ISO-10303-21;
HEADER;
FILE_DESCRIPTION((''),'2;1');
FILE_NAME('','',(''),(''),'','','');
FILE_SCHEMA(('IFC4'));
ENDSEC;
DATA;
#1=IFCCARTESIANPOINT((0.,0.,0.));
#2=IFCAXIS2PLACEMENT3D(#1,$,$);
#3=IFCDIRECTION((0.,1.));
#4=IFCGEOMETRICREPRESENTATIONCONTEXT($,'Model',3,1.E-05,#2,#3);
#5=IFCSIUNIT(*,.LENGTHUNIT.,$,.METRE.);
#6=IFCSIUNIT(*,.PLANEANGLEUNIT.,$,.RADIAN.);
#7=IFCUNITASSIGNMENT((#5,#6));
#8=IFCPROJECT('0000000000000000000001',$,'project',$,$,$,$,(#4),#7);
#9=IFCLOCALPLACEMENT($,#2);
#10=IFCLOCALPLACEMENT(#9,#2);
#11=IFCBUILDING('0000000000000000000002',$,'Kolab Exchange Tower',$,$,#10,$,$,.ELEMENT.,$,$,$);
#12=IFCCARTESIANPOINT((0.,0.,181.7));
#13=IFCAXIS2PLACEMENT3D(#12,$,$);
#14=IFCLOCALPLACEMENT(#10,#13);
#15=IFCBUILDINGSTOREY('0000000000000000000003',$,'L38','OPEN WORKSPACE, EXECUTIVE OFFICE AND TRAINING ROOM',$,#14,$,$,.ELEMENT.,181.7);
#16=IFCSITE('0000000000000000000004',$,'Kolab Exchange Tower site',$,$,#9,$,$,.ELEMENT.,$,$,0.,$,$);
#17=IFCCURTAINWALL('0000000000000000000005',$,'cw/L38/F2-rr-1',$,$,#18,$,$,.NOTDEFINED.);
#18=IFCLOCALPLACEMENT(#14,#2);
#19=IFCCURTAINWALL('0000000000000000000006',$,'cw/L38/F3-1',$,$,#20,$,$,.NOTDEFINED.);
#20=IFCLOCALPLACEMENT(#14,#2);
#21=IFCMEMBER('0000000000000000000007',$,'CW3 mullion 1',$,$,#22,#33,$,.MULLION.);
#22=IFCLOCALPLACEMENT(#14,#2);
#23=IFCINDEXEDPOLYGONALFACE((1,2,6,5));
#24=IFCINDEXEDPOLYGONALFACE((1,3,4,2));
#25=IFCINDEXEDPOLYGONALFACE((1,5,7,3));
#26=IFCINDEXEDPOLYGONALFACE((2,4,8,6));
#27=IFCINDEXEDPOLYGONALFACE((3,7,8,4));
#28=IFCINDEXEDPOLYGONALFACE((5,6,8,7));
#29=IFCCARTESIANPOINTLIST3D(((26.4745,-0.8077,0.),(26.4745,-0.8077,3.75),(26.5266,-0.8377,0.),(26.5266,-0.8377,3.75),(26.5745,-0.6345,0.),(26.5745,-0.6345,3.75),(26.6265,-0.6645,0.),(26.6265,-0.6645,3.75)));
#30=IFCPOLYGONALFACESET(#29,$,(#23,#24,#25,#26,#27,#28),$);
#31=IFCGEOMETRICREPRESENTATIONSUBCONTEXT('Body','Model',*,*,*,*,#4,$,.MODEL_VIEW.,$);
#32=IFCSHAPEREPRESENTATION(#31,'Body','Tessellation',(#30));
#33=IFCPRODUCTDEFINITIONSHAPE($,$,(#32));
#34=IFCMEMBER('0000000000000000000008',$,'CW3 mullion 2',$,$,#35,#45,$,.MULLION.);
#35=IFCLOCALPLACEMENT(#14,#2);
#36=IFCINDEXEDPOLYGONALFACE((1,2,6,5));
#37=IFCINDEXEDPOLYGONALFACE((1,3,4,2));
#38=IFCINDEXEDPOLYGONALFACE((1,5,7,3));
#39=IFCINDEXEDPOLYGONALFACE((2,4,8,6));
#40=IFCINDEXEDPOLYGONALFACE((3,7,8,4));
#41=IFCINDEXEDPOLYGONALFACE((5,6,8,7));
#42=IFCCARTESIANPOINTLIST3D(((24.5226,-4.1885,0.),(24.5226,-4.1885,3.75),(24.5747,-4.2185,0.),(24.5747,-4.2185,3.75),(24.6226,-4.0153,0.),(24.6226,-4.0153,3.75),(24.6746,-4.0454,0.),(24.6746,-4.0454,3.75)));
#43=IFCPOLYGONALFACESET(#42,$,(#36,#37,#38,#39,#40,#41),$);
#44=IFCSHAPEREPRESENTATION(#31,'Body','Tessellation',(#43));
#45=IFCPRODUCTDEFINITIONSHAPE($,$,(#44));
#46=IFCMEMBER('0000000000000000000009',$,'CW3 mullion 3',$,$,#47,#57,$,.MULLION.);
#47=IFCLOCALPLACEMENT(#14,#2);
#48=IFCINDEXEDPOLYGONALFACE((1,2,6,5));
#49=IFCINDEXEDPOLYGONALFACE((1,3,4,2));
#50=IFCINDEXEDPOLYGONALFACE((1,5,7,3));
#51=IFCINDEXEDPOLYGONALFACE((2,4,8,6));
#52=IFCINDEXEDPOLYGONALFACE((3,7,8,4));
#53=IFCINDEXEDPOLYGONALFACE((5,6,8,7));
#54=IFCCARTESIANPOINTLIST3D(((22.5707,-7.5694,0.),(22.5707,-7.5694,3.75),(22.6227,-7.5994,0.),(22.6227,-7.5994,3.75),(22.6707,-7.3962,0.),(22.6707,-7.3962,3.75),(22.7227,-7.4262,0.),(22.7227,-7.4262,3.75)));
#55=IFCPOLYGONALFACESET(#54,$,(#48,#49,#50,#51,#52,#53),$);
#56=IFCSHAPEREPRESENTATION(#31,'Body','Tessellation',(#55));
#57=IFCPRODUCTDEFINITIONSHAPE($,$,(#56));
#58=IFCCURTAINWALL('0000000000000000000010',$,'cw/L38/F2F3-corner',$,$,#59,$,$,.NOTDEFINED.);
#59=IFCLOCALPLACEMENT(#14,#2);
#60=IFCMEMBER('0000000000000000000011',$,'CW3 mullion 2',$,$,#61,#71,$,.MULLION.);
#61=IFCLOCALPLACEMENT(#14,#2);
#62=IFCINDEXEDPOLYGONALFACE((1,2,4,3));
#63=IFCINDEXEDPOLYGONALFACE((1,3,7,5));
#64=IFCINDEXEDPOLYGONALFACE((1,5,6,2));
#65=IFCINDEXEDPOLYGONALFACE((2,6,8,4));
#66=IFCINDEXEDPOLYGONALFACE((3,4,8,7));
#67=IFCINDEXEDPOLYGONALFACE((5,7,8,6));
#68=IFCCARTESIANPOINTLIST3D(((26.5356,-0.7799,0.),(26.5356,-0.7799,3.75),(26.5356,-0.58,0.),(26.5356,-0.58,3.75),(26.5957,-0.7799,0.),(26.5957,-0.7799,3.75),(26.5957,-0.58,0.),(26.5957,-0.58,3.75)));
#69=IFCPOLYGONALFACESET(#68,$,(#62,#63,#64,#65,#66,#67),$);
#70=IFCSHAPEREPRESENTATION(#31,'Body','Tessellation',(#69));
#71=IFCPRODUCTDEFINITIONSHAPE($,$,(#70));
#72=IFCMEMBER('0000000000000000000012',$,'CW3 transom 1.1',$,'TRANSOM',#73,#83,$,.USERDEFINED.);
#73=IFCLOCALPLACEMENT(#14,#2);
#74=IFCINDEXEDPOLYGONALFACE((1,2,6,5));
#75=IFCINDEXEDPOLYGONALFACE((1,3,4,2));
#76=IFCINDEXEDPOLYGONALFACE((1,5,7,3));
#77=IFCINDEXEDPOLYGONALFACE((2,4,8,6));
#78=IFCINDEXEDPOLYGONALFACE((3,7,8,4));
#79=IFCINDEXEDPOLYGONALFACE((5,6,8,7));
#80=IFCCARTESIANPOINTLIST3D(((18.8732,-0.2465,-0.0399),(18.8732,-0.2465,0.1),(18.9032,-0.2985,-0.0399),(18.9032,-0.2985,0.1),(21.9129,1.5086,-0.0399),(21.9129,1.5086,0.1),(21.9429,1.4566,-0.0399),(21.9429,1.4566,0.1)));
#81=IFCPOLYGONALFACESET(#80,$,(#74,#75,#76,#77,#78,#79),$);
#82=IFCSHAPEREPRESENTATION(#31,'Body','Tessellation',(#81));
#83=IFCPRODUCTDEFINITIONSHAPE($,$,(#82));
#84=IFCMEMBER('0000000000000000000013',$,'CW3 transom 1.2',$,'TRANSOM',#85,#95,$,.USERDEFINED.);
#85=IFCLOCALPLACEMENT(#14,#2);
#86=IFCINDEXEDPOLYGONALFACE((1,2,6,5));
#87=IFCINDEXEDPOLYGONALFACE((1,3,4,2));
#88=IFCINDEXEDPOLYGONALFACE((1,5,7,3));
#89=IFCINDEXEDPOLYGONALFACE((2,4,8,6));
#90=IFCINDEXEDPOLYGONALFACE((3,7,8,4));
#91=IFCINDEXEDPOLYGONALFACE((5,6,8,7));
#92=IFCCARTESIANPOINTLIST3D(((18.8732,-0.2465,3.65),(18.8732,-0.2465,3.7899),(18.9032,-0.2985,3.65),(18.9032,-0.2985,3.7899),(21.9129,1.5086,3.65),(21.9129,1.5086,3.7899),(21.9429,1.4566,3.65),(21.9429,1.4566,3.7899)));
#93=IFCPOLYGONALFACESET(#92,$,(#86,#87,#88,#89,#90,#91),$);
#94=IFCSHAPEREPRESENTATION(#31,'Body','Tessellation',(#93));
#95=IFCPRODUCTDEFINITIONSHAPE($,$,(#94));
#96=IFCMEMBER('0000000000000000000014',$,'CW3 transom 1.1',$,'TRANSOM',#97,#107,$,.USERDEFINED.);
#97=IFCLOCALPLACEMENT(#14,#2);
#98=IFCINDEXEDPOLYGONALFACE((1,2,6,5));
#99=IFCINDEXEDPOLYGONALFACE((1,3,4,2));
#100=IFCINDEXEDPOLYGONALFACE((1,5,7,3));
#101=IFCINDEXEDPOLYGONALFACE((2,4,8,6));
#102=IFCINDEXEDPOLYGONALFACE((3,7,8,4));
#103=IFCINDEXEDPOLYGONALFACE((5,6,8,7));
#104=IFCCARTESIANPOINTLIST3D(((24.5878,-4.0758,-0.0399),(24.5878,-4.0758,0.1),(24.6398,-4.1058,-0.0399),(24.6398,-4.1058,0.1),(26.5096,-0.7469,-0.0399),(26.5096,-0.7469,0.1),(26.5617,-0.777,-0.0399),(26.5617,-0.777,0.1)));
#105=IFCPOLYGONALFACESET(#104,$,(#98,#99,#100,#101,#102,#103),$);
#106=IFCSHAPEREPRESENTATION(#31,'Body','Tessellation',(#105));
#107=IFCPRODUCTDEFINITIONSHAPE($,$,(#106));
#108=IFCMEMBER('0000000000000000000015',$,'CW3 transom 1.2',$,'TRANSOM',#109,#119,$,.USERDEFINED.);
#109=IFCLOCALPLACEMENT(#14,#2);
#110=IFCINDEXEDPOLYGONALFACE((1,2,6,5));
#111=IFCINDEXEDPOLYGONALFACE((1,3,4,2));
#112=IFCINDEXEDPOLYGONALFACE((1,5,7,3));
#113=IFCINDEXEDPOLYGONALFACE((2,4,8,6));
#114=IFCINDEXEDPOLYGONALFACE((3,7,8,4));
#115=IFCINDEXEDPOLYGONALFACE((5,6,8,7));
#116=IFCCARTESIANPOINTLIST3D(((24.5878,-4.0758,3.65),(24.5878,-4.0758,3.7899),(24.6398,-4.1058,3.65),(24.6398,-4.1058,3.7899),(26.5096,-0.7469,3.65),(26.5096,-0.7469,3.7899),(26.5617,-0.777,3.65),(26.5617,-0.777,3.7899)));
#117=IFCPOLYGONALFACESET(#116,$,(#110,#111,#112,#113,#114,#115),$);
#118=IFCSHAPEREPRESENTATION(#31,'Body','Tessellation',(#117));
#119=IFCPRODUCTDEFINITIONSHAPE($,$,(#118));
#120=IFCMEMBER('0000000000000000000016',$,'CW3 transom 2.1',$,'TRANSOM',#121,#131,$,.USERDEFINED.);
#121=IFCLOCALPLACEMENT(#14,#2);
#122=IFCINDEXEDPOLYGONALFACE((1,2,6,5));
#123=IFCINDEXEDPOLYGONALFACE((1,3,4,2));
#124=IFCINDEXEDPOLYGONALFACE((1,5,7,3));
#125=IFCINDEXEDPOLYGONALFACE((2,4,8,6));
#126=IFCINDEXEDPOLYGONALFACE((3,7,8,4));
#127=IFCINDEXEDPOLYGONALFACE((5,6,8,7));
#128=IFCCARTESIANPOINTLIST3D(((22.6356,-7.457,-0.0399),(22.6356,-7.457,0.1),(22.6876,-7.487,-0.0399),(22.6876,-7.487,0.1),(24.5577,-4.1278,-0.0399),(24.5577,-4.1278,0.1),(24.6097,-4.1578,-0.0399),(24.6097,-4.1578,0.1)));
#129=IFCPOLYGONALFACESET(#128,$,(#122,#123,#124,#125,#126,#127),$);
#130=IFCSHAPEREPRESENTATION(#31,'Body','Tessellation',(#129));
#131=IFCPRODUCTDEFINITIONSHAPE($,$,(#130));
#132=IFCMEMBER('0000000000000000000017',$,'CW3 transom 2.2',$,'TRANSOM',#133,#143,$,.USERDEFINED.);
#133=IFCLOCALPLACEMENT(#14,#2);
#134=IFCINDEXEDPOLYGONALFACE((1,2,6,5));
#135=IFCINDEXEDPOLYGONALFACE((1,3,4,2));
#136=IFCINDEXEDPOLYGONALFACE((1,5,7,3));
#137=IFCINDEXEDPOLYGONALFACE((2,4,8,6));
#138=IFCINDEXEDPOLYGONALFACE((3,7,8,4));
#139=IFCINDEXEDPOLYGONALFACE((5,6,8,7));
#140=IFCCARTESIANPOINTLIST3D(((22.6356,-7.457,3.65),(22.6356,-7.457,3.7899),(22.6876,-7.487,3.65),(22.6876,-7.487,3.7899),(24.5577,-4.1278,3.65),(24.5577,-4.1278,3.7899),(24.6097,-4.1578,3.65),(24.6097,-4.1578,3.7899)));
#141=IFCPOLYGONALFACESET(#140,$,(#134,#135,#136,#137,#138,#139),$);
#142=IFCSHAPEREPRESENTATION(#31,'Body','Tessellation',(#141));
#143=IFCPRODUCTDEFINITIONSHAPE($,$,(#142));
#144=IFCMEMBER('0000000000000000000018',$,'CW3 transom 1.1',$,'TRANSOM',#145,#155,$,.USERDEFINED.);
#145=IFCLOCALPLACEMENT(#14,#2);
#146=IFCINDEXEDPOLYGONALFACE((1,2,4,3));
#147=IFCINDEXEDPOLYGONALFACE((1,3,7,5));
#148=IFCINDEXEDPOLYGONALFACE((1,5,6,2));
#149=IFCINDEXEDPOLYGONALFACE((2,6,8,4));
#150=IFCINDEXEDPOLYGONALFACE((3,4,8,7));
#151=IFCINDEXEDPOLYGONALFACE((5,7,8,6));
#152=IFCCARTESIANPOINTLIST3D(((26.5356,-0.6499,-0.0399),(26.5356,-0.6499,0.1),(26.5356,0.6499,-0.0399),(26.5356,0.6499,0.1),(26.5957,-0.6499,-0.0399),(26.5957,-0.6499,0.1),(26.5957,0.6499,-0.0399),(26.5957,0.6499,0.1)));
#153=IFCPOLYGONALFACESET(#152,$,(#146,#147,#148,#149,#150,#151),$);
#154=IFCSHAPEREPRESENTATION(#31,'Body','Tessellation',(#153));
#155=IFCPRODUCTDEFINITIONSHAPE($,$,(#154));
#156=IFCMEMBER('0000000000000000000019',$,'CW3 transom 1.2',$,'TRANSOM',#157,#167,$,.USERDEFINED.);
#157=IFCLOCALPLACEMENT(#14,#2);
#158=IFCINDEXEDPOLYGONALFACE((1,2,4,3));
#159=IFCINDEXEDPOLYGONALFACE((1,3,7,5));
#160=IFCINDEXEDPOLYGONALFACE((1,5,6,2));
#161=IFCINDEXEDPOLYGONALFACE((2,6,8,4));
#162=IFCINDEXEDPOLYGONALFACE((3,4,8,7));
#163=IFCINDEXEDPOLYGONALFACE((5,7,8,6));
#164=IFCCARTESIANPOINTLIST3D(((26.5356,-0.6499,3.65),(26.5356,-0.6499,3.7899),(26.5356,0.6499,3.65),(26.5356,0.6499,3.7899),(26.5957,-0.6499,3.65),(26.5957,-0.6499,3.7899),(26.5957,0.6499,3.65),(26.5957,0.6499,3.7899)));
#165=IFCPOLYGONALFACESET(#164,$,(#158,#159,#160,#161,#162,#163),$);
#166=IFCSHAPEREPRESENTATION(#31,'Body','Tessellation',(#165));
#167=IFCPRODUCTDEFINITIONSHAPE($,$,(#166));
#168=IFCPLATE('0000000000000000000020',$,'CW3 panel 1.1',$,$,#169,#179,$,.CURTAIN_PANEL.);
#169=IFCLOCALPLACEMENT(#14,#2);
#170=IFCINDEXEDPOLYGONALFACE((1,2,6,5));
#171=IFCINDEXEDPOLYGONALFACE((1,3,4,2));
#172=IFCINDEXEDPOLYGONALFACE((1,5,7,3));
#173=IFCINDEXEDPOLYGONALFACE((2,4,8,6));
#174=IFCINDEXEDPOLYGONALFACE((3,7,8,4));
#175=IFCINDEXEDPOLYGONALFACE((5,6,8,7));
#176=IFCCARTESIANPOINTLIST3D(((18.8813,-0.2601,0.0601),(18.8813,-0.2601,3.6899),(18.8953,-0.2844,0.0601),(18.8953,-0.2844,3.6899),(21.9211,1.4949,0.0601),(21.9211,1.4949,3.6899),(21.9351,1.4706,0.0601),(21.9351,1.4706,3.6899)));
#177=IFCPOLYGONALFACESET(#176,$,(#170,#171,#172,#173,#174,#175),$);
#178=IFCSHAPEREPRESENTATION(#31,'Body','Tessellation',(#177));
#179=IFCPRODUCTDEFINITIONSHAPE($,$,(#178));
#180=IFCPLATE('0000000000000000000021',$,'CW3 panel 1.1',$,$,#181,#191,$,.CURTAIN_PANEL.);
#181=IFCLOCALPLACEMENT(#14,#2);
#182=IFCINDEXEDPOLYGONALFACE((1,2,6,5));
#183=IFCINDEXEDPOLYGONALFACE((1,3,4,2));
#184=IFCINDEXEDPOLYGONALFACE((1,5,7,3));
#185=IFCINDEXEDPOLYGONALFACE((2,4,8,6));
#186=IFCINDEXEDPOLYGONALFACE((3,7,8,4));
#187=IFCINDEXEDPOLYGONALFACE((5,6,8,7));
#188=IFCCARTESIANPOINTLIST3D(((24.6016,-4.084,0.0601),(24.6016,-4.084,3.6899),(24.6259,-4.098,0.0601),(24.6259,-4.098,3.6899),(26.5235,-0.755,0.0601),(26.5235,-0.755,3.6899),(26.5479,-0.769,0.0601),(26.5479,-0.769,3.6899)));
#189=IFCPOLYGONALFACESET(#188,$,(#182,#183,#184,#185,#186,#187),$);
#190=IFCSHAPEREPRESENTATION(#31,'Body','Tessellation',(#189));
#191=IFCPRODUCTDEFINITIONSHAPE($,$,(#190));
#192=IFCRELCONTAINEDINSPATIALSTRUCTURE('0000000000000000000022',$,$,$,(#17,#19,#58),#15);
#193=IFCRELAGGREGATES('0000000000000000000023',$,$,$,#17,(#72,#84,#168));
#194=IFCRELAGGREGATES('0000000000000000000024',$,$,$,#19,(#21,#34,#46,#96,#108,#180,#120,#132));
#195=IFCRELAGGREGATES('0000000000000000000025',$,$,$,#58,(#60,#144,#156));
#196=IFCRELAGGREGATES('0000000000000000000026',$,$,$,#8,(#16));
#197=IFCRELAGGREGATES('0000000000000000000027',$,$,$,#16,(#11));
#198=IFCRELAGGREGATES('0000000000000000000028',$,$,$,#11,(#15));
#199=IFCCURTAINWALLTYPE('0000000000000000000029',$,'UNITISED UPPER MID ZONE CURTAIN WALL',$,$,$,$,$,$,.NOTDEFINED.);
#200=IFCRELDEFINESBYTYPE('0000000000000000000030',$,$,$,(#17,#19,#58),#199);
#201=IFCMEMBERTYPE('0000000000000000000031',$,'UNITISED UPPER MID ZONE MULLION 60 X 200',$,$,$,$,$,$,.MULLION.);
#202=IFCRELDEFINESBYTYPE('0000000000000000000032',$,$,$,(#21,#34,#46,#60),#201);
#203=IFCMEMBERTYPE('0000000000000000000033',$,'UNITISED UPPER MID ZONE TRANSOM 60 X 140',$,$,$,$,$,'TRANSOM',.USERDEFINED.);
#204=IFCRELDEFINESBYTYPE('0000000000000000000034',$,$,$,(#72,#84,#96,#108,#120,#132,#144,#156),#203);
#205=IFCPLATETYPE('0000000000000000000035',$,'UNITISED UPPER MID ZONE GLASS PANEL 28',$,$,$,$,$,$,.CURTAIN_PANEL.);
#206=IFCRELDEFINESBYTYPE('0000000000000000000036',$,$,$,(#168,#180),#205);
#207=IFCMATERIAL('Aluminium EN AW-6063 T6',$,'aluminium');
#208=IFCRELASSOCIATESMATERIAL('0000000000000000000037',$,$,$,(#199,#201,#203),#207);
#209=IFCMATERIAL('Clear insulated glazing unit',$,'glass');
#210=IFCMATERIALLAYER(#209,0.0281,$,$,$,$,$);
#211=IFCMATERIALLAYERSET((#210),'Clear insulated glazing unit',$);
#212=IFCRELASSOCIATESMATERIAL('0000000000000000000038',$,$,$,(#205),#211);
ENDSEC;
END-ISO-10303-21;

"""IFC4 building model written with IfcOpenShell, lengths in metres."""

from ifc_helpers import new_model, si_unit, direction, frame, origin, origin_2d, place, context, subcontext, project, spatial, rectangle, extrude, material, layer, layer_set, material_profile, profile_set, type_object, element, aggregate, save


model = new_model("IFC4")

# Units and contexts
model_context = context("Model", 3, precision=1e-05, world=origin(), true_north=direction((0.0, 1.0)))
body_context = subcontext(model_context, "Body", "Model", "MODEL_VIEW")
ifc_project = project(units=[si_unit("LENGTHUNIT", "METRE"), si_unit("PLANEANGLEUNIT", "RADIAN")], contexts=[model_context])

# Site, building, storey
site_placement = place(None, origin())
site = spatial("IfcSite", under=ifc_project, at=site_placement, Name="Kolab Exchange Tower site", CompositionType="ELEMENT", RefElevation=0.0)
building_placement = place(site_placement, origin())
building = spatial("IfcBuilding", under=site, at=building_placement, Name="Kolab Exchange Tower", CompositionType="ELEMENT")
storey_placement = place(building_placement, frame((0.0, 0.0, 181.7)))
storey = spatial("IfcBuildingStorey", under=building, at=storey_placement, Name="L38", Description="OPEN WORKSPACE, EXECUTIVE OFFICE AND TRAINING ROOM", CompositionType="ELEMENT", Elevation=181.7)

# Curtain wall
ifc_material_1 = material(Name="Aluminium EN AW-6063 T6", Category="aluminium")
curtain_wall_type = type_object("IfcCurtainWallType", Name="UNITISED UPPER MID ZONE CURTAIN WALL", PredefinedType="NOTDEFINED", material=ifc_material_1)
ifc_material_profile_1 = material_profile(ifc_material_1, rectangle(XDim=0.0601, YDim=0.2, at=origin_2d()), Name="RECT 60X200")
ifc_profile_set_1 = profile_set([ifc_material_profile_1], Name="Aluminium EN AW-6063 T6")
member_type_1 = type_object("IfcMemberType", Name="UNITISED UPPER MID ZONE MULLION 60 X 200", PredefinedType="MULLION", material=ifc_profile_set_1)
curtain_wall_1_placement = place(storey_placement, origin())
curtain_wall_1 = element("IfcCurtainWall", 1, at=curtain_wall_1_placement, inside=storey, type_object=curtain_wall_type, Name="cw/L38/F2-rr-1", PredefinedType="NOTDEFINED")

# Curtain wall, members
curtain_wall_2_placement = place(storey_placement, origin())
curtain_wall_2 = element("IfcCurtainWall", 2, at=curtain_wall_2_placement, inside=storey, type_object=curtain_wall_type, Name="cw/L38/F3-1", PredefinedType="NOTDEFINED")
member_1_placement = place(storey_placement, frame((26.5505, -0.7361, 0.0), z_axis=(0.0, 0.0, 1.0), x_axis=(0.866025, -0.5, 0.0)))
member_1 = element("IfcMember", 3, at=member_1_placement, type_object=member_type_1, Name="CW3 mullion 1", PredefinedType="MULLION", context=body_context, shape_type="SweptSolid", body=[
    extrude(rectangle(XDim=0.0601, YDim=0.2, at=origin_2d()), origin(), (0.0, 0.0, 1.0), 3.75),
])
member_2_placement = place(storey_placement, frame((24.5986, -4.1169, 0.0), z_axis=(0.0, 0.0, 1.0), x_axis=(0.866025, -0.5, 0.0)))
member_2 = element("IfcMember", 4, at=member_2_placement, type_object=member_type_1, Name="CW3 mullion 2", PredefinedType="MULLION", context=body_context, shape_type="SweptSolid", body=[
    extrude(rectangle(XDim=0.0601, YDim=0.2, at=origin_2d()), origin(), (0.0, 0.0, 1.0), 3.75),
])
member_3_placement = place(storey_placement, frame((22.6467, -7.4978, 0.0), z_axis=(0.0, 0.0, 1.0), x_axis=(0.866025, -0.5, 0.0)))
member_3 = element("IfcMember", 5, at=member_3_placement, type_object=member_type_1, Name="CW3 mullion 3", PredefinedType="MULLION", context=body_context, shape_type="SweptSolid", body=[
    extrude(rectangle(XDim=0.0601, YDim=0.2, at=origin_2d()), origin(), (0.0, 0.0, 1.0), 3.75),
])

# Curtain wall, member
curtain_wall_3_placement = place(storey_placement, origin())
curtain_wall_3 = element("IfcCurtainWall", 6, at=curtain_wall_3_placement, inside=storey, type_object=curtain_wall_type, Name="cw/L38/F2F3-corner", PredefinedType="NOTDEFINED")
member_4_placement = place(storey_placement, frame((26.5657, -0.6799, 0.0), z_axis=(0.0, 0.0, 1.0), x_axis=(1.0, 0.0, 0.0)))
member_4 = element("IfcMember", 7, at=member_4_placement, type_object=member_type_1, Name="CW3 mullion 2", PredefinedType="MULLION", context=body_context, shape_type="SweptSolid", body=[
    extrude(rectangle(XDim=0.0601, YDim=0.2, at=origin_2d()), origin(), (0.0, 0.0, 1.0), 3.75),
])

# Members
ifc_material_profile_2 = material_profile(ifc_material_1, rectangle(XDim=0.0601, YDim=0.1399, at=origin_2d()), Name="RECT 60X140")
ifc_profile_set_2 = profile_set([ifc_material_profile_2], Name="Aluminium EN AW-6063 T6")
member_type_2 = type_object("IfcMemberType", Name="UNITISED UPPER MID ZONE TRANSOM 60 X 140", ElementType="TRANSOM", PredefinedType="USERDEFINED", material=ifc_profile_set_2)
member_5_placement = place(storey_placement, frame((18.8882, -0.2725, 0.03), z_axis=(0.866013, 0.500021, 0.0), x_axis=(-0.500021, 0.866013, 0.0)))
member_5 = element("IfcMember", 8, at=member_5_placement, type_object=member_type_2, Name="CW3 transom 1.1", ObjectType="TRANSOM", PredefinedType="USERDEFINED", context=body_context, shape_type="SweptSolid", body=[
    extrude(rectangle(XDim=0.0601, YDim=0.1399, at=origin_2d()), origin(), (0.0, 0.0, 1.0), 3.51),
])
member_6_placement = place(storey_placement, frame((18.8882, -0.2725, 3.72), z_axis=(0.866013, 0.500021, 0.0), x_axis=(-0.500021, 0.866013, 0.0)))
member_6 = element("IfcMember", 9, at=member_6_placement, type_object=member_type_2, Name="CW3 transom 1.2", ObjectType="TRANSOM", PredefinedType="USERDEFINED", context=body_context, shape_type="SweptSolid", body=[
    extrude(rectangle(XDim=0.0601, YDim=0.1399, at=origin_2d()), origin(), (0.0, 0.0, 1.0), 3.51),
])
member_7_placement = place(storey_placement, frame((26.5356, -0.762, 0.03), z_axis=(-0.499992, -0.86603, 0.0), x_axis=(0.86603, -0.499992, 0.0)))
member_7 = element("IfcMember", 10, at=member_7_placement, type_object=member_type_2, Name="CW3 transom 1.1", ObjectType="TRANSOM", PredefinedType="USERDEFINED", context=body_context, shape_type="SweptSolid", body=[
    extrude(rectangle(XDim=0.0601, YDim=0.1399, at=origin_2d()), origin(), (0.0, 0.0, 1.0), 3.8438),
])
member_8_placement = place(storey_placement, frame((26.5356, -0.762, 3.72), z_axis=(-0.499992, -0.86603, 0.0), x_axis=(0.86603, -0.499992, 0.0)))
member_8 = element("IfcMember", 11, at=member_8_placement, type_object=member_type_2, Name="CW3 transom 1.2", ObjectType="TRANSOM", PredefinedType="USERDEFINED", context=body_context, shape_type="SweptSolid", body=[
    extrude(rectangle(XDim=0.0601, YDim=0.1399, at=origin_2d()), origin(), (0.0, 0.0, 1.0), 3.8438),
])
member_9_placement = place(storey_placement, frame((24.5837, -4.1428, 0.03), z_axis=(-0.500012, -0.866018, 0.0), x_axis=(0.866018, -0.500012, 0.0)))
member_9 = element("IfcMember", 12, at=member_9_placement, type_object=member_type_2, Name="CW3 transom 2.1", ObjectType="TRANSOM", PredefinedType="USERDEFINED", context=body_context, shape_type="SweptSolid", body=[
    extrude(rectangle(XDim=0.0601, YDim=0.1399, at=origin_2d()), origin(), (0.0, 0.0, 1.0), 3.8442),
])
member_10_placement = place(storey_placement, frame((24.5837, -4.1428, 3.72), z_axis=(-0.500012, -0.866018, 0.0), x_axis=(0.866018, -0.500012, 0.0)))
member_10 = element("IfcMember", 13, at=member_10_placement, type_object=member_type_2, Name="CW3 transom 2.2", ObjectType="TRANSOM", PredefinedType="USERDEFINED", context=body_context, shape_type="SweptSolid", body=[
    extrude(rectangle(XDim=0.0601, YDim=0.1399, at=origin_2d()), origin(), (0.0, 0.0, 1.0), 3.8442),
])
member_11_placement = place(storey_placement, frame((26.5657, 0.6499, 0.03), z_axis=(0.0, -1.0, 0.0), x_axis=(1.0, 0.0, 0.0)))
member_11 = element("IfcMember", 14, at=member_11_placement, type_object=member_type_2, Name="CW3 transom 1.1", ObjectType="TRANSOM", PredefinedType="USERDEFINED", context=body_context, shape_type="SweptSolid", body=[
    extrude(rectangle(XDim=0.0601, YDim=0.1399, at=origin_2d()), origin(), (0.0, 0.0, 1.0), 1.2998),
])
member_12_placement = place(storey_placement, frame((26.5657, 0.6499, 3.72), z_axis=(0.0, -1.0, 0.0), x_axis=(1.0, 0.0, 0.0)))
member_12 = element("IfcMember", 15, at=member_12_placement, type_object=member_type_2, Name="CW3 transom 1.2", ObjectType="TRANSOM", PredefinedType="USERDEFINED", context=body_context, shape_type="SweptSolid", body=[
    extrude(rectangle(XDim=0.0601, YDim=0.1399, at=origin_2d()), origin(), (0.0, 0.0, 1.0), 1.2998),
])

# Plates
ifc_material_2 = material(Name="Clear insulated glazing unit", Category="glass")
ifc_layer_1 = layer(ifc_material_2, 0.0281)
ifc_layer_set_1 = layer_set([ifc_layer_1], Name="Clear insulated glazing unit")
plate_type = type_object("IfcPlateType", Name="UNITISED UPPER MID ZONE GLASS PANEL 28", PredefinedType="CURTAIN_PANEL", material=ifc_layer_set_1)
plate_1_placement = place(storey_placement, frame((20.4082, 0.6052, 0.0601), z_axis=(0.0, 0.0, 1.0), x_axis=(0.866025, 0.5, 0.0)))
plate_1 = element("IfcPlate", 16, at=plate_1_placement, type_object=plate_type, Name="CW3 panel 1.1", PredefinedType="CURTAIN_PANEL", context=body_context, shape_type="SweptSolid", body=[
    extrude(rectangle(XDim=3.51, YDim=0.0281, at=origin_2d()), origin(), (0.0, 0.0, 1.0), 3.6299),
])
aggregate(curtain_wall_1, [member_5, member_6, plate_1])
plate_2_placement = place(storey_placement, frame((25.5747, -2.4265, 0.0601), z_axis=(0.0, 0.0, 1.0), x_axis=(-0.5, -0.866025, 0.0)))
plate_2 = element("IfcPlate", 17, at=plate_2_placement, type_object=plate_type, Name="CW3 panel 1.1", PredefinedType="CURTAIN_PANEL", context=body_context, shape_type="SweptSolid", body=[
    extrude(rectangle(XDim=3.844, YDim=0.0281, at=origin_2d()), origin(), (0.0, 0.0, 1.0), 3.6299),
])
aggregate(curtain_wall_2, [member_1, member_2, member_3, member_7, member_8, plate_2, member_9, member_10])
aggregate(curtain_wall_3, [member_4, member_11, member_12])

save(model, "model.ifc")
